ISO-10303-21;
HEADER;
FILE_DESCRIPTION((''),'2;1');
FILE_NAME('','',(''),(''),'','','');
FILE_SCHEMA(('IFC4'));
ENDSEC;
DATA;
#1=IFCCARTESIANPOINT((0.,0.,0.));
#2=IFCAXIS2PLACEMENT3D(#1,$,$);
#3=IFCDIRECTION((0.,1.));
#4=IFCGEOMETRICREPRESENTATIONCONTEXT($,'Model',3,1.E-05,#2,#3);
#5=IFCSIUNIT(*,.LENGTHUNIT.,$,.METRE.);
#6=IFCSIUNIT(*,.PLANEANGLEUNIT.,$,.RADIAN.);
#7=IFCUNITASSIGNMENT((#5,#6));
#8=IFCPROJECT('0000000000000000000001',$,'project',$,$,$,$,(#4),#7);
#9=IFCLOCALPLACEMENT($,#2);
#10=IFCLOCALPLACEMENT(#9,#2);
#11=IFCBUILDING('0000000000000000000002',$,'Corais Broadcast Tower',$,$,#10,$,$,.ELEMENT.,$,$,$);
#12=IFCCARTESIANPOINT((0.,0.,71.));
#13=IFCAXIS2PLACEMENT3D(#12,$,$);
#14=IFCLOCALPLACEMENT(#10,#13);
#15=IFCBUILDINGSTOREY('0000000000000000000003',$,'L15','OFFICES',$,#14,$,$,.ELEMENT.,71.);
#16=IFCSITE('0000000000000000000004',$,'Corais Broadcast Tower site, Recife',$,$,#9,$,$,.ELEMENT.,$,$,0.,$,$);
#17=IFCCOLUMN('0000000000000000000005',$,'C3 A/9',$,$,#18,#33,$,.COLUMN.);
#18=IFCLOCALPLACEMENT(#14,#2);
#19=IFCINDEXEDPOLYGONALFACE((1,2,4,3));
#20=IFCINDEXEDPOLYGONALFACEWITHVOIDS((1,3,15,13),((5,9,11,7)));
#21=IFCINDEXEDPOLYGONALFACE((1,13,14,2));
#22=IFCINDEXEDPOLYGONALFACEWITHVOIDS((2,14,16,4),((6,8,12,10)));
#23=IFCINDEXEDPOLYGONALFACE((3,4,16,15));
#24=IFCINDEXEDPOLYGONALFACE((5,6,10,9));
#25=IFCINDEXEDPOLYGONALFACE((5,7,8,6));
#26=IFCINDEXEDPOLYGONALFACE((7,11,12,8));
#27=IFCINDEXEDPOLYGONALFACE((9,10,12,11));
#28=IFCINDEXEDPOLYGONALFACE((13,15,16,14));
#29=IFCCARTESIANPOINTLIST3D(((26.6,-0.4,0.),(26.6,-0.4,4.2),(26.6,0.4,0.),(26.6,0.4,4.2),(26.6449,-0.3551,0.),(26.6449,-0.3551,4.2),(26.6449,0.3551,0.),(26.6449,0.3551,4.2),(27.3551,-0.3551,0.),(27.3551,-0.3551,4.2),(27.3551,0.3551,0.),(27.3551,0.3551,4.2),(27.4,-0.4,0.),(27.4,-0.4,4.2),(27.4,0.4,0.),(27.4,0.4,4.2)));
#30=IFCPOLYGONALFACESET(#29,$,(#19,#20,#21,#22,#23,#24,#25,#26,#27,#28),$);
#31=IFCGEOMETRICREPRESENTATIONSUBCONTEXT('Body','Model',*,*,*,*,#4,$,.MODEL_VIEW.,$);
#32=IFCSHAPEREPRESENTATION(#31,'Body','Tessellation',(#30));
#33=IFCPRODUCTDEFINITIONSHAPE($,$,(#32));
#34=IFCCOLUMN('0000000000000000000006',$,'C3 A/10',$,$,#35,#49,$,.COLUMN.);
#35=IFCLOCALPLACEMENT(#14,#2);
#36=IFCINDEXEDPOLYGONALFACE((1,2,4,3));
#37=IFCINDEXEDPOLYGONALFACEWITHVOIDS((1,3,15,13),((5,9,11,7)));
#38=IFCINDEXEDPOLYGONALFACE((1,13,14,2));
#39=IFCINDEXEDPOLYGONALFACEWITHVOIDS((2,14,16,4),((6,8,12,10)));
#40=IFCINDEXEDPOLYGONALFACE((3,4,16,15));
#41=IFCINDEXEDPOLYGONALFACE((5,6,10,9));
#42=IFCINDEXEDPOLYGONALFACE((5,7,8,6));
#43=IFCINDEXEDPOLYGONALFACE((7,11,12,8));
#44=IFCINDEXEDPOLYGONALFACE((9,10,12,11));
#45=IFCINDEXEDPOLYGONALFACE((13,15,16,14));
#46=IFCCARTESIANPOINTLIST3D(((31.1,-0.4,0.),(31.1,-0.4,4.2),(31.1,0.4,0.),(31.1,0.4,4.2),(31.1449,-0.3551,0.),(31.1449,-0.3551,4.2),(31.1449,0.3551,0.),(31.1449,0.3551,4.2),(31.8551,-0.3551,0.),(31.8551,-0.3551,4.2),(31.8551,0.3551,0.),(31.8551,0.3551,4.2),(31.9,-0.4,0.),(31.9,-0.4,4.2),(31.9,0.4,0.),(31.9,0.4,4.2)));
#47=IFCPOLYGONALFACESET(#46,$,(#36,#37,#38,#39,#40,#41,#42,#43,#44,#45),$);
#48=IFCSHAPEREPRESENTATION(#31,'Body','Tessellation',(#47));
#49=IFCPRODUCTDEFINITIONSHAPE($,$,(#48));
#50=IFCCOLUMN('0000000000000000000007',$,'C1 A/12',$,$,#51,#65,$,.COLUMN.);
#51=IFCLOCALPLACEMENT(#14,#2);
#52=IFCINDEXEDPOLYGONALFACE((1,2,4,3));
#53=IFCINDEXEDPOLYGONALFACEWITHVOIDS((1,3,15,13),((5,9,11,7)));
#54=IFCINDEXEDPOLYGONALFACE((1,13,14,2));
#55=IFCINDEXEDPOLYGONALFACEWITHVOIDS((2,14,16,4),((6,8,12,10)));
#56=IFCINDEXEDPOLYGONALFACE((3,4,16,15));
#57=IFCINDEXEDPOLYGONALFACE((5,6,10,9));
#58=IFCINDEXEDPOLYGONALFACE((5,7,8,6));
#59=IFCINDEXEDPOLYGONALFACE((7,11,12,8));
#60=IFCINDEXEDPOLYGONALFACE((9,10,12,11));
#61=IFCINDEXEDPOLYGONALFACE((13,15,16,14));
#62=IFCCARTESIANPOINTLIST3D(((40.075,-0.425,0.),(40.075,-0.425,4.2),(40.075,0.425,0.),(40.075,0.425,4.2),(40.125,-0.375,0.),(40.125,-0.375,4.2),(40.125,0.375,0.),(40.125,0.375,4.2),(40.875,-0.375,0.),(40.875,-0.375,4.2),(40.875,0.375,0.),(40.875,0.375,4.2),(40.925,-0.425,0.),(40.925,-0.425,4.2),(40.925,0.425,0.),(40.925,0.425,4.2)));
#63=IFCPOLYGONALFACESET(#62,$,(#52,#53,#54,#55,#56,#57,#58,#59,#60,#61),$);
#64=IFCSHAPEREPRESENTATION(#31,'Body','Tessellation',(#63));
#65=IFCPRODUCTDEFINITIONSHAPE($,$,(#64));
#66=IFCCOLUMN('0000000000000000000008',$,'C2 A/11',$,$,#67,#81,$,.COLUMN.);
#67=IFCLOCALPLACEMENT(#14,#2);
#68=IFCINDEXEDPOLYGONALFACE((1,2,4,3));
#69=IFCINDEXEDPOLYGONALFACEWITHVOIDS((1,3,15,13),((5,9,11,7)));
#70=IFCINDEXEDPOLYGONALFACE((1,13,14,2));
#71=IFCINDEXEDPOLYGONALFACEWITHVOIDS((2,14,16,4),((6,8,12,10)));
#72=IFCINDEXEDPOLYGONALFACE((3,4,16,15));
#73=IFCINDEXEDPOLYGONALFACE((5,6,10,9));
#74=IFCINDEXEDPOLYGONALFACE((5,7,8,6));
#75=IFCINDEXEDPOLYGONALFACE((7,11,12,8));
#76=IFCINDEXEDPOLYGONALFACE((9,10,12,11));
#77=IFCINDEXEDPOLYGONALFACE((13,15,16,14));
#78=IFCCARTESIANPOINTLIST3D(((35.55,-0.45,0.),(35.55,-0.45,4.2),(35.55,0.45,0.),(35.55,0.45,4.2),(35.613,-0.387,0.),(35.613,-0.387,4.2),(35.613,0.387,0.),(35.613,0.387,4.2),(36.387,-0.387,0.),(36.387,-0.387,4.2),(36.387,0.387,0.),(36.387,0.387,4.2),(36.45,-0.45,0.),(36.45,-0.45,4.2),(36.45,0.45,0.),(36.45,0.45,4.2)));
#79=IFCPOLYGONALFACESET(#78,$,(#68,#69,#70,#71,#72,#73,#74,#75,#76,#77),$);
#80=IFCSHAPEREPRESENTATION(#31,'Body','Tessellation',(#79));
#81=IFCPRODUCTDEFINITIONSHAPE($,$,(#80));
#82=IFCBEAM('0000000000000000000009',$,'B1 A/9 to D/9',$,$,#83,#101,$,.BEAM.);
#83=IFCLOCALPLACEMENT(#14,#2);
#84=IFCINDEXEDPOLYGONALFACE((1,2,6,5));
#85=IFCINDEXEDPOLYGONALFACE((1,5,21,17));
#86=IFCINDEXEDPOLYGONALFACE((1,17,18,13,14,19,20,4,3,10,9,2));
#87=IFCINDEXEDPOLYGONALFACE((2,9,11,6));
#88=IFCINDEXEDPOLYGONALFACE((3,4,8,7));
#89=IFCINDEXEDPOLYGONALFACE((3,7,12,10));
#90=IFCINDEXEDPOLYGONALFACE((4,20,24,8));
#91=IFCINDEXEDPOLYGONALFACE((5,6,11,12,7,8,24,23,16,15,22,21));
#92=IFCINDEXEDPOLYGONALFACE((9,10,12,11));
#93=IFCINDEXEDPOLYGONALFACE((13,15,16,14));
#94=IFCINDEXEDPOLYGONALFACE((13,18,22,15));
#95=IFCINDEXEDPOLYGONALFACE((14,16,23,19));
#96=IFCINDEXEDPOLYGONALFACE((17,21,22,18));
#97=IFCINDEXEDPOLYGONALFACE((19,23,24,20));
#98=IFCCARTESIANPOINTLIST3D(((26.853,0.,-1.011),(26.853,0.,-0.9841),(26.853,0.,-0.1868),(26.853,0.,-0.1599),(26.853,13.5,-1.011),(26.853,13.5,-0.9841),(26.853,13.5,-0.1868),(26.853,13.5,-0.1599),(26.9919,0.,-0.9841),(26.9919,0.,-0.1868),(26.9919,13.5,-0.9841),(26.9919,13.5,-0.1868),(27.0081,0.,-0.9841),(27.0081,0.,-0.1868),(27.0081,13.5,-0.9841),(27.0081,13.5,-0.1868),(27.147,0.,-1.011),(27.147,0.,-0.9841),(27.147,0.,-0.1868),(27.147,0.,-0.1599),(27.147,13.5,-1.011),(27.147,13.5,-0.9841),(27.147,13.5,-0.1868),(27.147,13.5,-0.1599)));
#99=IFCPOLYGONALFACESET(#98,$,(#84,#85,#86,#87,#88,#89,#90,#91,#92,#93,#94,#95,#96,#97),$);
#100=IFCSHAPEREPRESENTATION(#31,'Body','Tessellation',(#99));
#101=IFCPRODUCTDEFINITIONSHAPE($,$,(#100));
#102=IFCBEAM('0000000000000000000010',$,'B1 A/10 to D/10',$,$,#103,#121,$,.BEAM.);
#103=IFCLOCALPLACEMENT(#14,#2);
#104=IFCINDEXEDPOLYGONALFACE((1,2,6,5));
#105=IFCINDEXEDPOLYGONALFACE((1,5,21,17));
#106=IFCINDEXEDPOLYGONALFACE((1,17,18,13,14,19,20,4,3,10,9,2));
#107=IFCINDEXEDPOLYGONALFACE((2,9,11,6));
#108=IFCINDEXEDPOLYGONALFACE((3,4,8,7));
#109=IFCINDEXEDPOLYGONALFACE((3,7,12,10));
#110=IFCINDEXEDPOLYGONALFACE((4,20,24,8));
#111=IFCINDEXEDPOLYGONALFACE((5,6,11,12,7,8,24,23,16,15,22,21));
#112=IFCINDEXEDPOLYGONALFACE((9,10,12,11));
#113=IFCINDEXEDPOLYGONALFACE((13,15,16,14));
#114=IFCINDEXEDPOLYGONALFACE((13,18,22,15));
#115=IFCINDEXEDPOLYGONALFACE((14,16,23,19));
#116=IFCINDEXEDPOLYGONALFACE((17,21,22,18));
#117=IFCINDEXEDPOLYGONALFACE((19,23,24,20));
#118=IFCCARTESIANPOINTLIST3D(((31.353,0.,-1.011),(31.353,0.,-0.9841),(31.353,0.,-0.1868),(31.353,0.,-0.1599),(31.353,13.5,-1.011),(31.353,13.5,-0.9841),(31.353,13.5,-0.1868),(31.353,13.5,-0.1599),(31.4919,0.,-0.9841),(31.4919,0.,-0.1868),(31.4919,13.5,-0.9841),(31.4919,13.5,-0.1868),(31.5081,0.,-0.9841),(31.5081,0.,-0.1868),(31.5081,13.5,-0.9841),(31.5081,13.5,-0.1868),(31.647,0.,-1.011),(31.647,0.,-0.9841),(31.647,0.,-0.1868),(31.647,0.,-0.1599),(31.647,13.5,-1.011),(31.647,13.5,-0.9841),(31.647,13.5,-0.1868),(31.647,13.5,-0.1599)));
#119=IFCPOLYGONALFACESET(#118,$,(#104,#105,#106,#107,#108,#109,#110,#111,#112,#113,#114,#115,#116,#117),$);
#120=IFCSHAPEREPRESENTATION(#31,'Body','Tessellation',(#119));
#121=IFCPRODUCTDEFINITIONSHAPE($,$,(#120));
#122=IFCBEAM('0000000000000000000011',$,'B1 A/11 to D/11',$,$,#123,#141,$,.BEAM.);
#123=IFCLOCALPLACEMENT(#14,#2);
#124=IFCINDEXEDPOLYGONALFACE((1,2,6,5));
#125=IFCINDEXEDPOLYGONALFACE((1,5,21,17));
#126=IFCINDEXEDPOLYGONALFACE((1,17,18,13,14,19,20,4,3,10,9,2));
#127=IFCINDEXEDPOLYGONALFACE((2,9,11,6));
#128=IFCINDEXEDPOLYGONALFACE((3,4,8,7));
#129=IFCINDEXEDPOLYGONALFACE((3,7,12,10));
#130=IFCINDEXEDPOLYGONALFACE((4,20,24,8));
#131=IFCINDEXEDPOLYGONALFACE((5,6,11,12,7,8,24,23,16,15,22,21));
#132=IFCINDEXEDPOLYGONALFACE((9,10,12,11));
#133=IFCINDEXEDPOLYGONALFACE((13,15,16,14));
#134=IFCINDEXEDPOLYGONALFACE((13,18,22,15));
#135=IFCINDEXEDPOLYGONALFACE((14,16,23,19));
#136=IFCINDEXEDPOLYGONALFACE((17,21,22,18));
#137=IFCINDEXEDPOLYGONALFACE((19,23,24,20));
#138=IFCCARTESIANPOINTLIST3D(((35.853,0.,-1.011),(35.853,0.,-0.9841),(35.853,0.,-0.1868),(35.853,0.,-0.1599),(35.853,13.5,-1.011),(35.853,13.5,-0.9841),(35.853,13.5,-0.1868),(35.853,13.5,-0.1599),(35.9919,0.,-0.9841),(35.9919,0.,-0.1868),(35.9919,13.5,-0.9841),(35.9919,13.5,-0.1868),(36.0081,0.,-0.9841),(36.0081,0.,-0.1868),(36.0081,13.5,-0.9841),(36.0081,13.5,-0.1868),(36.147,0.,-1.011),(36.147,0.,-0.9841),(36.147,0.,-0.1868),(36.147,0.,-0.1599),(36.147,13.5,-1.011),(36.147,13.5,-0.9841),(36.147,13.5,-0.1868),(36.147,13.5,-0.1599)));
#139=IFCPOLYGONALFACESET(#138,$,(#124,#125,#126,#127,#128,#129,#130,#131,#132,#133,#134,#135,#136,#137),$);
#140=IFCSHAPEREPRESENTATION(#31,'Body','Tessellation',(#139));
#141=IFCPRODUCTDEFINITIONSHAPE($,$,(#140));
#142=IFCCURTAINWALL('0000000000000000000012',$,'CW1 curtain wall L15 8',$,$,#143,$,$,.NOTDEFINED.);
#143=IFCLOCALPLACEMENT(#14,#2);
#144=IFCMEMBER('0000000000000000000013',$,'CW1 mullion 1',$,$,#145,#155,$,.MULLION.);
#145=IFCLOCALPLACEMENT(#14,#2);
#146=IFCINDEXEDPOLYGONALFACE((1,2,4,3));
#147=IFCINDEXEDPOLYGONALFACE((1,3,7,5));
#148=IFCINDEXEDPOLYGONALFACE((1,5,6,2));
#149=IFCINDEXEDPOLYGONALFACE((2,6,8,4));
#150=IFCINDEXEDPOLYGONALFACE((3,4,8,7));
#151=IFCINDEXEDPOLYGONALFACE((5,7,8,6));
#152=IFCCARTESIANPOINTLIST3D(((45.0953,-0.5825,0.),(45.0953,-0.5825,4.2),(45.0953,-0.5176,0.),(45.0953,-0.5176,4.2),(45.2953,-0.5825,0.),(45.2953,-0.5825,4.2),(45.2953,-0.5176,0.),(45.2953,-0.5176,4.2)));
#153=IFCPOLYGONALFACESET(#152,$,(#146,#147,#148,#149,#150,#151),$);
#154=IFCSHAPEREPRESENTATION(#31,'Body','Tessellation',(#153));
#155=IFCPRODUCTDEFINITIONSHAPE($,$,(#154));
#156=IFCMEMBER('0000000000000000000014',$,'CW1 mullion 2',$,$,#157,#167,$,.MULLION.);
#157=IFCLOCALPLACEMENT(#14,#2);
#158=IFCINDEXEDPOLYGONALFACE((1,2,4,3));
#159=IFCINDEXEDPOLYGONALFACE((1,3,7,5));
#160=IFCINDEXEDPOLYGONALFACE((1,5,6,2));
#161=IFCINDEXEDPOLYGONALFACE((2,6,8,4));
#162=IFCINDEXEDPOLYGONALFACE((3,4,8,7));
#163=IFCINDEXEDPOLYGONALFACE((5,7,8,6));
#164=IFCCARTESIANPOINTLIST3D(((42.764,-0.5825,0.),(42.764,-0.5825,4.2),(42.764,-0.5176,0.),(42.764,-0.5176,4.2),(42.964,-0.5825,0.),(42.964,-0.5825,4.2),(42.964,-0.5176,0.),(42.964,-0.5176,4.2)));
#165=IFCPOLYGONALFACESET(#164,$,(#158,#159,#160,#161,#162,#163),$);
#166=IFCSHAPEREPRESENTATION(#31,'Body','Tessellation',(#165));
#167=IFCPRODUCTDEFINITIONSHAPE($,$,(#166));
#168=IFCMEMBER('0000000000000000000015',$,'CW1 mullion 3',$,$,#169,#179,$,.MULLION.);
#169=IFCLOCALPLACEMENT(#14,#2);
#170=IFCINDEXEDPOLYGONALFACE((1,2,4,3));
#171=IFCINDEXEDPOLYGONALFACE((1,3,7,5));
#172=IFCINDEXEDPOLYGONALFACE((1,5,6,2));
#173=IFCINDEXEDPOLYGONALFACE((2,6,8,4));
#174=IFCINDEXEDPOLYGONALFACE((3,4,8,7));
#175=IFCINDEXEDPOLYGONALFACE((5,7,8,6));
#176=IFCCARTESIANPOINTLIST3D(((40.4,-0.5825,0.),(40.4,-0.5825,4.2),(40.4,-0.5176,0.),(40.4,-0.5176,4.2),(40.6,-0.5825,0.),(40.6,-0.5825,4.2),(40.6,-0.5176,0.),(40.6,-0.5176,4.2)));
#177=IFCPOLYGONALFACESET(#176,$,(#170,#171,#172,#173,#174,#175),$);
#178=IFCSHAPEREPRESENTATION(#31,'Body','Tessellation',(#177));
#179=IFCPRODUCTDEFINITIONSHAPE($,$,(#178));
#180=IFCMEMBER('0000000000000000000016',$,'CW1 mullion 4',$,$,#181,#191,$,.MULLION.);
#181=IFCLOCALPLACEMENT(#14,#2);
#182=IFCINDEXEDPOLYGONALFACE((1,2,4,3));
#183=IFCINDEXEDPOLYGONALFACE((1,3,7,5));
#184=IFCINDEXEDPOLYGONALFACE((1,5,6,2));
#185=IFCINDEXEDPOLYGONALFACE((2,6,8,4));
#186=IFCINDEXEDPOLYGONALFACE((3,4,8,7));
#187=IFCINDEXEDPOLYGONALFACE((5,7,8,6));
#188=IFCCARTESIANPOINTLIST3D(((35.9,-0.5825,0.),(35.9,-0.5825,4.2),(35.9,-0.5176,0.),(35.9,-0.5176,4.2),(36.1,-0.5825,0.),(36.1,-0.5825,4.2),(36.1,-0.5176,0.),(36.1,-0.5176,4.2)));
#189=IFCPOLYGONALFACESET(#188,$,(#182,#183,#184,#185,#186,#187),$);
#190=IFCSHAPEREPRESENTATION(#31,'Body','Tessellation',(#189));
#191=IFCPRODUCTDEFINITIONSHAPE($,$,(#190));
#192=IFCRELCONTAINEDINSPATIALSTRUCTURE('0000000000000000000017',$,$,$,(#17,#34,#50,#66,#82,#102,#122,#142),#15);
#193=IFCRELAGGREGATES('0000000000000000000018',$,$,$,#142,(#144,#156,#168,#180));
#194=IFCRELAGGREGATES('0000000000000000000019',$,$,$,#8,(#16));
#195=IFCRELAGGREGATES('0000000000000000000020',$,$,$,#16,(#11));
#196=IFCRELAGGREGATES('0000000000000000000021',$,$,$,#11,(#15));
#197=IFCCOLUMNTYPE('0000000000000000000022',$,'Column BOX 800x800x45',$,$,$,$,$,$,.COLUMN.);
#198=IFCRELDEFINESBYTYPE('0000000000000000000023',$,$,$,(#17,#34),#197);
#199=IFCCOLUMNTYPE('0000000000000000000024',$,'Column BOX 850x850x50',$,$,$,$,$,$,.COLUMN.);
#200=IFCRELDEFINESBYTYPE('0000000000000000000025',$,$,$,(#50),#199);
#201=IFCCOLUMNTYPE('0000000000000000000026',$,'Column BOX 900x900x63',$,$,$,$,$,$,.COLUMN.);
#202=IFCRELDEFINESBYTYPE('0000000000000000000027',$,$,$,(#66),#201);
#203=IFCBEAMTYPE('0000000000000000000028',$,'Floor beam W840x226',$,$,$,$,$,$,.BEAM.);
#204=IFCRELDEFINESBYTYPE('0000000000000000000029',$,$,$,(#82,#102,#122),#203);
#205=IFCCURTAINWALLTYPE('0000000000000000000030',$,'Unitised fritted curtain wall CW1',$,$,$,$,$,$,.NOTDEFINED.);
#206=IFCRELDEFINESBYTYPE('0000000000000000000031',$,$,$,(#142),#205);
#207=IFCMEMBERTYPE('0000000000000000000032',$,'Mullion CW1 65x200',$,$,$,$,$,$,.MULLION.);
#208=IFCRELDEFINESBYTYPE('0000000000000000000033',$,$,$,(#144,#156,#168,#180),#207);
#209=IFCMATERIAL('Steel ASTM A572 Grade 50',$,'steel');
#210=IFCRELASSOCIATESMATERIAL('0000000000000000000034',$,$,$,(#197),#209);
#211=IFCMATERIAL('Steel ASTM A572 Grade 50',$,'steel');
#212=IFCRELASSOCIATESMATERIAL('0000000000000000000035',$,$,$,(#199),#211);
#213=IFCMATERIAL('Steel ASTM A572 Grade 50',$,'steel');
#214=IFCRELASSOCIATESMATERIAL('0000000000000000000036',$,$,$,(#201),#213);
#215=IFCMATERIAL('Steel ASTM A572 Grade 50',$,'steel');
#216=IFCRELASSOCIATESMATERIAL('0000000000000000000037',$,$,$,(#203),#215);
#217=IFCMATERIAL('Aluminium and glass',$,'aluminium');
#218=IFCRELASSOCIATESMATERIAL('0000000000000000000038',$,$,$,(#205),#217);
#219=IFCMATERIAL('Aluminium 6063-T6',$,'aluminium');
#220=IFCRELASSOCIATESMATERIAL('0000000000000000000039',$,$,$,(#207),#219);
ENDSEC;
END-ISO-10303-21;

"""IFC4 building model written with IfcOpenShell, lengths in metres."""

from ifc_helpers import new_model, si_unit, direction, frame, origin, origin_2d, place, context, subcontext, project, spatial, rectangle, hollow_rectangle, i_section, extrude, material, material_profile, profile_set, type_object, element, aggregate, save


model = new_model("IFC4")

# Units and contexts
model_context = context("Model", 3, precision=1e-05, world=origin(), true_north=direction((0.0, 1.0)))
body_context = subcontext(model_context, "Body", "Model", "MODEL_VIEW")
ifc_project = project(units=[si_unit("LENGTHUNIT", "METRE"), si_unit("PLANEANGLEUNIT", "RADIAN")], contexts=[model_context])

# Site, building, storey
site_placement = place(None, origin())
site = spatial("IfcSite", under=ifc_project, at=site_placement, Name="Corais Broadcast Tower site, Recife", CompositionType="ELEMENT", RefElevation=0.0)
building_placement = place(site_placement, origin())
building = spatial("IfcBuilding", under=site, at=building_placement, Name="Corais Broadcast Tower", CompositionType="ELEMENT")
storey_placement = place(building_placement, frame((0.0, 0.0, 71.0)))
storey = spatial("IfcBuildingStorey", under=building, at=storey_placement, Name="L15", Description="OFFICES", CompositionType="ELEMENT", Elevation=71.0)

# Columns
ifc_material_1 = material(Name="Steel ASTM A572 Grade 50", Category="steel")
ifc_material_profile_1 = material_profile(ifc_material_1, hollow_rectangle(XDim=0.8, YDim=0.8, WallThickness=0.0449, at=origin_2d()), Name="BOX 800x800x45")
ifc_profile_set_1 = profile_set([ifc_material_profile_1], Name="Steel ASTM A572 Grade 50")
column_type_1 = type_object("IfcColumnType", Name="Column BOX 800x800x45", PredefinedType="COLUMN", material=ifc_profile_set_1)
for number, where, z_axis, x_axis, name in (
    (1, (27.0, 0.0, 0.0), (0.0, 0.0, 1.0), (1.0, 0.0, 0.0), "C3 A/9"),
    (2, (31.5, 0.0, 0.0), (0.0, 0.0, 1.0), (1.0, 0.0, 0.0), "C3 A/10"),
):
    element("IfcColumn", number, at=place(storey_placement, frame(where, z_axis=z_axis, x_axis=x_axis)), inside=storey, type_object=column_type_1, Name=name, PredefinedType="COLUMN", context=body_context, shape_type="SweptSolid", body=[
        extrude(hollow_rectangle(XDim=0.8, YDim=0.8, WallThickness=0.0449, at=origin_2d()), origin(), (0.0, 0.0, 1.0), 4.2),
    ])
ifc_material_2 = material(Name="Steel ASTM A572 Grade 50", Category="steel")
ifc_material_profile_2 = material_profile(ifc_material_2, hollow_rectangle(XDim=0.8501, YDim=0.8501, WallThickness=0.05, at=origin_2d()), Name="BOX 850x850x50")
ifc_profile_set_2 = profile_set([ifc_material_profile_2], Name="Steel ASTM A572 Grade 50")
column_type_2 = type_object("IfcColumnType", Name="Column BOX 850x850x50", PredefinedType="COLUMN", material=ifc_profile_set_2)
column_1_placement = place(storey_placement, frame((40.5, 0.0, 0.0), z_axis=(0.0, 0.0, 1.0), x_axis=(1.0, 0.0, 0.0)))
element("IfcColumn", 3, at=column_1_placement, inside=storey, type_object=column_type_2, Name="C1 A/12", PredefinedType="COLUMN", context=body_context, shape_type="SweptSolid", body=[
    extrude(hollow_rectangle(XDim=0.8501, YDim=0.8501, WallThickness=0.05, at=origin_2d()), origin(), (0.0, 0.0, 1.0), 4.2),
])
ifc_material_3 = material(Name="Steel ASTM A572 Grade 50", Category="steel")
ifc_material_profile_3 = material_profile(ifc_material_3, hollow_rectangle(XDim=0.8999, YDim=0.8999, WallThickness=0.063, at=origin_2d()), Name="BOX 900x900x63")
ifc_profile_set_3 = profile_set([ifc_material_profile_3], Name="Steel ASTM A572 Grade 50")
column_type_3 = type_object("IfcColumnType", Name="Column BOX 900x900x63", PredefinedType="COLUMN", material=ifc_profile_set_3)
column_2_placement = place(storey_placement, frame((36.0, 0.0, 0.0), z_axis=(0.0, 0.0, 1.0), x_axis=(1.0, 0.0, 0.0)))
element("IfcColumn", 4, at=column_2_placement, inside=storey, type_object=column_type_3, Name="C2 A/11", PredefinedType="COLUMN", context=body_context, shape_type="SweptSolid", body=[
    extrude(hollow_rectangle(XDim=0.8999, YDim=0.8999, WallThickness=0.063, at=origin_2d()), origin(), (0.0, 0.0, 1.0), 4.2),
])

# Beams
ifc_material_4 = material(Name="Steel ASTM A572 Grade 50", Category="steel")
ifc_material_profile_4 = material_profile(ifc_material_4, i_section(OverallWidth=0.2939, OverallDepth=0.8511, WebThickness=0.0161, FlangeThickness=0.0269, at=origin_2d()), Name="W840x226")
ifc_profile_set_4 = profile_set([ifc_material_profile_4], Name="Steel ASTM A572 Grade 50")
beam_type_1 = type_object("IfcBeamType", Name="Floor beam W840x226", PredefinedType="BEAM", material=ifc_profile_set_4)
for number, where, z_axis, x_axis, name in (
    (5, (27.0, 0.0, -0.5854), (0.0, 1.0, 0.0), (-1.0, 0.0, 0.0), "B1 A/9 to D/9"),
    (6, (31.5, 0.0, -0.5854), (0.0, 1.0, 0.0), (-1.0, 0.0, 0.0), "B1 A/10 to D/10"),
    (7, (36.0, 0.0, -0.5854), (0.0, 1.0, 0.0), (-1.0, 0.0, 0.0), "B1 A/11 to D/11"),
):
    element("IfcBeam", number, at=place(storey_placement, frame(where, z_axis=z_axis, x_axis=x_axis)), inside=storey, type_object=beam_type_1, Name=name, PredefinedType="BEAM", context=body_context, shape_type="SweptSolid", body=[
        extrude(i_section(OverallWidth=0.2939, OverallDepth=0.8511, WebThickness=0.0161, FlangeThickness=0.0269, at=origin_2d()), origin(), (0.0, 0.0, 1.0), 13.5),
    ])

# Curtain wall, members
ifc_material_5 = material(Name="Aluminium and glass", Category="aluminium")
curtain_wall_type = type_object("IfcCurtainWallType", Name="Unitised fritted curtain wall CW1", PredefinedType="NOTDEFINED", material=ifc_material_5)
curtain_wall_placement = place(storey_placement, origin())
curtain_wall = element("IfcCurtainWall", 8, at=curtain_wall_placement, inside=storey, type_object=curtain_wall_type, Name="CW1 curtain wall L15 8", PredefinedType="NOTDEFINED")
ifc_material_6 = material(Name="Aluminium 6063-T6", Category="aluminium")
ifc_material_profile_5 = material_profile(ifc_material_6, rectangle(XDim=0.0649, YDim=0.2, at=origin_2d()), Name="Mullion CW1 65x200")
ifc_profile_set_5 = profile_set([ifc_material_profile_5], Name="Aluminium 6063-T6")
member_type_1 = type_object("IfcMemberType", Name="Mullion CW1 65x200", PredefinedType="MULLION", material=ifc_profile_set_5)
member_1_placement = place(storey_placement, frame((45.1953, -0.55, 0.0), z_axis=(0.0, 0.0, 1.0), x_axis=(0.0, -1.0, 0.0)))
member_1 = element("IfcMember", 9, at=member_1_placement, type_object=member_type_1, Name="CW1 mullion 1", PredefinedType="MULLION", context=body_context, shape_type="SweptSolid", body=[
    extrude(rectangle(XDim=0.0649, YDim=0.2, at=origin_2d()), origin(), (0.0, 0.0, 1.0), 4.2),
])
member_2_placement = place(storey_placement, frame((42.864, -0.55, 0.0), z_axis=(0.0, 0.0, 1.0), x_axis=(0.0, -1.0, 0.0)))
member_2 = element("IfcMember", 10, at=member_2_placement, type_object=member_type_1, Name="CW1 mullion 2", PredefinedType="MULLION", context=body_context, shape_type="SweptSolid", body=[
    extrude(rectangle(XDim=0.0649, YDim=0.2, at=origin_2d()), origin(), (0.0, 0.0, 1.0), 4.2),
])
member_3_placement = place(storey_placement, frame((40.5, -0.55, 0.0), z_axis=(0.0, 0.0, 1.0), x_axis=(0.0, -1.0, 0.0)))
member_3 = element("IfcMember", 11, at=member_3_placement, type_object=member_type_1, Name="CW1 mullion 3", PredefinedType="MULLION", context=body_context, shape_type="SweptSolid", body=[
    extrude(rectangle(XDim=0.0649, YDim=0.2, at=origin_2d()), origin(), (0.0, 0.0, 1.0), 4.2),
])
member_4_placement = place(storey_placement, frame((36.0, -0.55, 0.0), z_axis=(0.0, 0.0, 1.0), x_axis=(0.0, -1.0, 0.0)))
member_4 = element("IfcMember", 12, at=member_4_placement, type_object=member_type_1, Name="CW1 mullion 4", PredefinedType="MULLION", context=body_context, shape_type="SweptSolid", body=[
    extrude(rectangle(XDim=0.0649, YDim=0.2, at=origin_2d()), origin(), (0.0, 0.0, 1.0), 4.2),
])

aggregate(curtain_wall, [member_1, member_2, member_3, member_4])

save(model, "model.ifc")
